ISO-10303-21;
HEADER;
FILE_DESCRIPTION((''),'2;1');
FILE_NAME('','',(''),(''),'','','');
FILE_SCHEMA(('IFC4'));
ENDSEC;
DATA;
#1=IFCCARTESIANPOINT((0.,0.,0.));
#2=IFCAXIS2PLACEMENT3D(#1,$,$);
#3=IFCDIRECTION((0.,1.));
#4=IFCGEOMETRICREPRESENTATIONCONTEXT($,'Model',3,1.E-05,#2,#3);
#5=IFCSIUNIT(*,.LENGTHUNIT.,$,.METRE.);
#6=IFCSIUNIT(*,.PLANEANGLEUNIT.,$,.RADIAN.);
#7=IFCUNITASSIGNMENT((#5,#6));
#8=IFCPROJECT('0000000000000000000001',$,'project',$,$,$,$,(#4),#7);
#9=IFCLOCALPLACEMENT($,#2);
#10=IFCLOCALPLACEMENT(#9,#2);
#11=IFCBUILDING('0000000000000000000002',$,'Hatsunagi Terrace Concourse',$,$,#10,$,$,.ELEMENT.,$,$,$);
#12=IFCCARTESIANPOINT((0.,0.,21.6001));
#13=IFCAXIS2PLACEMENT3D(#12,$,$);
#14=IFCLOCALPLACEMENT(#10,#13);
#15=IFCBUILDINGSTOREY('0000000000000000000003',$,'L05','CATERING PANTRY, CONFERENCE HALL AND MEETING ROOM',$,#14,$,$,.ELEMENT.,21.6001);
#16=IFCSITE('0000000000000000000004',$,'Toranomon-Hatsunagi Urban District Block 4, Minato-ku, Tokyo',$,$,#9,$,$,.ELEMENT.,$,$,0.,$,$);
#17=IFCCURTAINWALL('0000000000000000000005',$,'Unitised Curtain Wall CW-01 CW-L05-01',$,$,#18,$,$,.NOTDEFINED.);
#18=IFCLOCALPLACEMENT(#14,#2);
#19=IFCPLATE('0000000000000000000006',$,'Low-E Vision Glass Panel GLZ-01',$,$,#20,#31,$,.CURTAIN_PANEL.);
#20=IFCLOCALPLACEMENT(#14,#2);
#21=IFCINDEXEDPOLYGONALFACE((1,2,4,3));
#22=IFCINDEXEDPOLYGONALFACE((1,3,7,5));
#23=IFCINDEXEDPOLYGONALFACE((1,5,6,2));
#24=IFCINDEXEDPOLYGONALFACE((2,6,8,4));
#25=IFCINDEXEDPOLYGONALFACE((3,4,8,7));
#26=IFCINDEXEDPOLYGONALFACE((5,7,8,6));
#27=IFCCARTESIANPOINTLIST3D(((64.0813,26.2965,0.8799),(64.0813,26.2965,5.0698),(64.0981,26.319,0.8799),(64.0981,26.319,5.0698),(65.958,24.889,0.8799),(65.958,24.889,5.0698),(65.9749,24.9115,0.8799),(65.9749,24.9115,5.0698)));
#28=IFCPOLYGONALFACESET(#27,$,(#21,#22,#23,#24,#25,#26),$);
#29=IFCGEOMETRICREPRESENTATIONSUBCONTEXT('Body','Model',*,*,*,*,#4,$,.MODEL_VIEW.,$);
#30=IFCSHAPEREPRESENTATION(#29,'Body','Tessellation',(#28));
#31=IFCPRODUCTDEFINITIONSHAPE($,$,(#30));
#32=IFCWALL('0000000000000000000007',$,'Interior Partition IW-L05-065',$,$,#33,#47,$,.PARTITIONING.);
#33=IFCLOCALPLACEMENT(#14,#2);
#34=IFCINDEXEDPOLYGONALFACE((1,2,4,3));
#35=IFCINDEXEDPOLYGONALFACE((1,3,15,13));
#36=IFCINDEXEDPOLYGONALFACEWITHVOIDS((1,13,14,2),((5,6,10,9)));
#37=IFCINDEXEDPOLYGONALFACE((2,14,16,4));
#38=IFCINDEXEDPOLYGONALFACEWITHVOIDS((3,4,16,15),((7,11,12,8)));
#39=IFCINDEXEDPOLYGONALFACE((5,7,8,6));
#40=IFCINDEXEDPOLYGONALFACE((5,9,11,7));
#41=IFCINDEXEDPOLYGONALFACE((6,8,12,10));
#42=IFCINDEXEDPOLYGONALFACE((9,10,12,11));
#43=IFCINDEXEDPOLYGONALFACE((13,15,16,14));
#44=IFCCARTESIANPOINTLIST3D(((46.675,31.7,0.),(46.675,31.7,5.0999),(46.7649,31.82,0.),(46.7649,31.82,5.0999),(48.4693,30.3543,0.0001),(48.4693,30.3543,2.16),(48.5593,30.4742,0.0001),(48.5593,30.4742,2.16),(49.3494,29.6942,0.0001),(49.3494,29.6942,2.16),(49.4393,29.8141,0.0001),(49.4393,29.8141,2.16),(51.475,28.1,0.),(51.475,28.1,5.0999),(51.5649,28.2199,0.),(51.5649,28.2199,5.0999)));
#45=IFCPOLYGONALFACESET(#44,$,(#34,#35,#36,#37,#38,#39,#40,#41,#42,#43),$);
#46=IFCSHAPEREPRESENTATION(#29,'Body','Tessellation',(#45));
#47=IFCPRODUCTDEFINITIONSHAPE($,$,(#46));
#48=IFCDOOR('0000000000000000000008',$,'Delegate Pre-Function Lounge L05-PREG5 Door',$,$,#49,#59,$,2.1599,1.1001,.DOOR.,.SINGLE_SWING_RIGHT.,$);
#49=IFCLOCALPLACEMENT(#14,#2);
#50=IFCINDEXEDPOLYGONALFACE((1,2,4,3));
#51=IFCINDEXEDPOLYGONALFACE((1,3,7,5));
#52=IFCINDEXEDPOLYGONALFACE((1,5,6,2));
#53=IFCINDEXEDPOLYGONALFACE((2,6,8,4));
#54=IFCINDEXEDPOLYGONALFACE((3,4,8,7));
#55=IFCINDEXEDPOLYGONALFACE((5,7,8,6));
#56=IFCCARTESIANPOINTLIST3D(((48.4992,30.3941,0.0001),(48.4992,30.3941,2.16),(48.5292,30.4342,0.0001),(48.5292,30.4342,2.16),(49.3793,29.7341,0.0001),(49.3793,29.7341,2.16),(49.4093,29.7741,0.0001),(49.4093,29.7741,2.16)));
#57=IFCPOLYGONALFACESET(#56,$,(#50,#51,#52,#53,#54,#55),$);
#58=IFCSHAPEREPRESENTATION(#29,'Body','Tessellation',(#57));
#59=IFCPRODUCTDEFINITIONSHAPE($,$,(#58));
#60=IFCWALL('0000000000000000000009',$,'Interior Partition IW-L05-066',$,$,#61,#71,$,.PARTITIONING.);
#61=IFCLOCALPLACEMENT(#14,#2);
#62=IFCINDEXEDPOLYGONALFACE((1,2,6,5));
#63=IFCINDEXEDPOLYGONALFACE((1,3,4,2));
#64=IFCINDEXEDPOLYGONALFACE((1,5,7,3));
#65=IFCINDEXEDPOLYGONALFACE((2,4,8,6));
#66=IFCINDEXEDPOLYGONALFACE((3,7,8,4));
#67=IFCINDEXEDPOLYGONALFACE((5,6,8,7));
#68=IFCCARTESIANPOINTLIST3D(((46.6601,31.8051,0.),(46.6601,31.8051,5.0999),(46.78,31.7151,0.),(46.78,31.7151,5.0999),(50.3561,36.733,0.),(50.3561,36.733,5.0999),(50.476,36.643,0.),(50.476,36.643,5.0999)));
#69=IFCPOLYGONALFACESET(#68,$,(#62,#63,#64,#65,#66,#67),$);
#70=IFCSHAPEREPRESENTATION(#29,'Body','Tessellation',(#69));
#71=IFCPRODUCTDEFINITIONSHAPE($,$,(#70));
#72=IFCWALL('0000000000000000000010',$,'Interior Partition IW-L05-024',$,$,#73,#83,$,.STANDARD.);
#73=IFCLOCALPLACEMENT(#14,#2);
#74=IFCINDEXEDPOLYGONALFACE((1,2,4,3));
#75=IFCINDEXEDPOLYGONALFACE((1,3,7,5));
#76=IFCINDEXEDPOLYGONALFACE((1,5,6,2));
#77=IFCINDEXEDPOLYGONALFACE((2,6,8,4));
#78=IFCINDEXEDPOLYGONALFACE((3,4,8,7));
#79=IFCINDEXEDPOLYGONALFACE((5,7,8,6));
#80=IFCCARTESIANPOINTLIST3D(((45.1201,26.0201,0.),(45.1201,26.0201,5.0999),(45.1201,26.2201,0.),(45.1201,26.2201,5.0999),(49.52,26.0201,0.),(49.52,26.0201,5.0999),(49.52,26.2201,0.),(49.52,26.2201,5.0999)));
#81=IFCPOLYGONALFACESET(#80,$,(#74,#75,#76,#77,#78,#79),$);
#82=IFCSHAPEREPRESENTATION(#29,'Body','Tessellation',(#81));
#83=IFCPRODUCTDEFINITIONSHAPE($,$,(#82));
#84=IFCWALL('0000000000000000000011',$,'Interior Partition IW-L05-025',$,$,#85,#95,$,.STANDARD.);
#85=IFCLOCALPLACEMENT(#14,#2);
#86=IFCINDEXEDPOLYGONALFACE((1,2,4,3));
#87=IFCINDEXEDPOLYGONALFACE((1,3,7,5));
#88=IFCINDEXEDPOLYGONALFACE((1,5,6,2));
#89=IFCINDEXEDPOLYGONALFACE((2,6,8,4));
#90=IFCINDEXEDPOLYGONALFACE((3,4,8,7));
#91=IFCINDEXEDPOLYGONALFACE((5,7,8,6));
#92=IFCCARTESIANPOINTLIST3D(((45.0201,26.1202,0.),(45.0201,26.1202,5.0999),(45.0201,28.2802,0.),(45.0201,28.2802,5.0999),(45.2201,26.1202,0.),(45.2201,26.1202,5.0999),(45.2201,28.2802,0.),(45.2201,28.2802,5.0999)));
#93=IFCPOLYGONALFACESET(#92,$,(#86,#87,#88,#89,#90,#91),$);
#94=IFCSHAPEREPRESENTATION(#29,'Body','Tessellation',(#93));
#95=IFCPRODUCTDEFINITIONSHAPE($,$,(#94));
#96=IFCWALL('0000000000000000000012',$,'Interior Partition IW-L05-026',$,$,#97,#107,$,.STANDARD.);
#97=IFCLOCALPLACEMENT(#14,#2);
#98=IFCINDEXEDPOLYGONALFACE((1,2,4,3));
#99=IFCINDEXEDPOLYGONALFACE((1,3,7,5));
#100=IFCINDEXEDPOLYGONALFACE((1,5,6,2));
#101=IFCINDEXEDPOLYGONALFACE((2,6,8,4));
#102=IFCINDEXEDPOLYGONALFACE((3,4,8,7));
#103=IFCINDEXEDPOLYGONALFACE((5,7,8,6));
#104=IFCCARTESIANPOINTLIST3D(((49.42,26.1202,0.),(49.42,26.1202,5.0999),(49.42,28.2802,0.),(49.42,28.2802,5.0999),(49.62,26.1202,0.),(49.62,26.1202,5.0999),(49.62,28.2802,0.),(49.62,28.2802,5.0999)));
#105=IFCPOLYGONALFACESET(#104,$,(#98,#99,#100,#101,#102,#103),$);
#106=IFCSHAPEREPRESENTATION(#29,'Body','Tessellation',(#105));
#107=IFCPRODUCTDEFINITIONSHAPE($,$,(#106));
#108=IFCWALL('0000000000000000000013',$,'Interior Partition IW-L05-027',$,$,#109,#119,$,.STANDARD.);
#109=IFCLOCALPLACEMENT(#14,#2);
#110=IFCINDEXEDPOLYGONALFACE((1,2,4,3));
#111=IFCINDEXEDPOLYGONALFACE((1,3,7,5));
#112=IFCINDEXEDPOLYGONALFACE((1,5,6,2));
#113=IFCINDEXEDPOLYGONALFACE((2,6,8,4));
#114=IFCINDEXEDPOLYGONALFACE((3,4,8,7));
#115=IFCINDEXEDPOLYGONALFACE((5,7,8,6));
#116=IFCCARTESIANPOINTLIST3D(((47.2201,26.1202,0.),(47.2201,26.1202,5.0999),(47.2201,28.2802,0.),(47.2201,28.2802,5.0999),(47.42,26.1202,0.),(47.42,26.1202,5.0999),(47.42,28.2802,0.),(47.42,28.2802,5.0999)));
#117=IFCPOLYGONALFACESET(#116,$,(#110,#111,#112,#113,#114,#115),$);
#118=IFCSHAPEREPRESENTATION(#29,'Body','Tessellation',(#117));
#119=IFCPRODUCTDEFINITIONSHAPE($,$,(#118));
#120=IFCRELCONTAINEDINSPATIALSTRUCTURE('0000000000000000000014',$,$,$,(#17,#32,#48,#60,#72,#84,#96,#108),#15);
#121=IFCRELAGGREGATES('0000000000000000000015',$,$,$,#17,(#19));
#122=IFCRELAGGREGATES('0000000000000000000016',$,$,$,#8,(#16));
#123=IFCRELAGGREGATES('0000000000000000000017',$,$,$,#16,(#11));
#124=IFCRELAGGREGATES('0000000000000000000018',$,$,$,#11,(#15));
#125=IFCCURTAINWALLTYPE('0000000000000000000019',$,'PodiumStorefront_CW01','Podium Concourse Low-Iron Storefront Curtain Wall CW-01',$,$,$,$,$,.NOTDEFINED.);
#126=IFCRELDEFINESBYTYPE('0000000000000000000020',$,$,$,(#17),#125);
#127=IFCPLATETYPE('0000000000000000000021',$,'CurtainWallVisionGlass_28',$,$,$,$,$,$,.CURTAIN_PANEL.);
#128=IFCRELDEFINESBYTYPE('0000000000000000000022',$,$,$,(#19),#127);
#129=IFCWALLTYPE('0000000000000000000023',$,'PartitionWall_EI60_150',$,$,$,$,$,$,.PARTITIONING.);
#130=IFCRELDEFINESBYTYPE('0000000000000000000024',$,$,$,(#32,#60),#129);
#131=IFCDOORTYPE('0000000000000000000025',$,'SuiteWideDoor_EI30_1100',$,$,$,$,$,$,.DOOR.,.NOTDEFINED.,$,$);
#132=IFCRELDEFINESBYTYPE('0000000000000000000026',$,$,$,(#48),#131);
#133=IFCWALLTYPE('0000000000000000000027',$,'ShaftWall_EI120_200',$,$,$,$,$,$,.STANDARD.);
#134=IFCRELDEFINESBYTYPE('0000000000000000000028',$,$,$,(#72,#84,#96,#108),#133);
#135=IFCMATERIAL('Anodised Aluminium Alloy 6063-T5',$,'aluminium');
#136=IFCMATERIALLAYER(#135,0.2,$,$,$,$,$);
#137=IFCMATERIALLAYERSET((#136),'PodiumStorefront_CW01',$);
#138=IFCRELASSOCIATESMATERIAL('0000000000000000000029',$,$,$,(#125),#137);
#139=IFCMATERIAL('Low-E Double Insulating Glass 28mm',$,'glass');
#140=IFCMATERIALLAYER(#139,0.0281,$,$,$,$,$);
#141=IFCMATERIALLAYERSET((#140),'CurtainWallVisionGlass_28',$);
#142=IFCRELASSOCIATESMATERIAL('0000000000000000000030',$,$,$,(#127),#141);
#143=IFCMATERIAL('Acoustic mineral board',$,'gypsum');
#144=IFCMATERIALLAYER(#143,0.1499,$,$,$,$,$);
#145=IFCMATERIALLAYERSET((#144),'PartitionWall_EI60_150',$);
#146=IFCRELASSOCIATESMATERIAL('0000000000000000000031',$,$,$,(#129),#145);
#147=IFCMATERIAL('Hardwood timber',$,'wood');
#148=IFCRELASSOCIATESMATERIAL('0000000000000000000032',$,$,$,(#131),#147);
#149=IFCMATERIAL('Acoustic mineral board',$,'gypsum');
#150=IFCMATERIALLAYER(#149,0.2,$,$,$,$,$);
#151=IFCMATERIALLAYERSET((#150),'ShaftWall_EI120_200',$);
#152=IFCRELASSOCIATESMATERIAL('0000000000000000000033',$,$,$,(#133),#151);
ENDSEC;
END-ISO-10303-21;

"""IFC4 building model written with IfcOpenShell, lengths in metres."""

from ifc_helpers import new_model, si_unit, direction, frame, frame_2d, origin, origin_2d, place, context, subcontext, project, spatial, rectangle, extrude, material, layer, layer_set, type_object, element, fill, aggregate, save


model = new_model("IFC4")

# Units and contexts
model_context = context("Model", 3, precision=1e-05, world=origin(), true_north=direction((0.0, 1.0)))
body_context = subcontext(model_context, "Body", "Model", "MODEL_VIEW")
ifc_project = project(units=[si_unit("LENGTHUNIT", "METRE"), si_unit("PLANEANGLEUNIT", "RADIAN")], contexts=[model_context])

# Site, building, storey
site_placement = place(None, origin())
site = spatial("IfcSite", under=ifc_project, at=site_placement, Name="Toranomon-Hatsunagi Urban District Block 4, Minato-ku, Tokyo", CompositionType="ELEMENT", RefElevation=0.0)
building_placement = place(site_placement, origin())
building = spatial("IfcBuilding", under=site, at=building_placement, Name="Hatsunagi Terrace Concourse", CompositionType="ELEMENT")
storey_placement = place(building_placement, frame((0.0, 0.0, 21.6001)))
storey = spatial("IfcBuildingStorey", under=building, at=storey_placement, Name="L05", Description="CATERING PANTRY, CONFERENCE HALL AND MEETING ROOM", CompositionType="ELEMENT", Elevation=21.6001)

# Curtain wall
ifc_material_1 = material(Name="Anodised Aluminium Alloy 6063-T5", Category="aluminium")
ifc_layer_1 = layer(ifc_material_1, 0.2)
ifc_layer_set_1 = layer_set([ifc_layer_1], Name="PodiumStorefront_CW01")
curtain_wall_type = type_object("IfcCurtainWallType", Name="PodiumStorefront_CW01", Description="Podium Concourse Low-Iron Storefront Curtain Wall CW-01", PredefinedType="NOTDEFINED", material=ifc_layer_set_1)
curtain_wall_placement = place(storey_placement, origin())
curtain_wall = element("IfcCurtainWall", 1, at=curtain_wall_placement, inside=storey, type_object=curtain_wall_type, Name="Unitised Curtain Wall CW-01 CW-L05-01", PredefinedType="NOTDEFINED")

# Plate
ifc_material_2 = material(Name="Low-E Double Insulating Glass 28mm", Category="glass")
ifc_layer_2 = layer(ifc_material_2, 0.0281)
ifc_layer_set_2 = layer_set([ifc_layer_2], Name="CurtainWallVisionGlass_28")
plate_type_1 = type_object("IfcPlateType", Name="CurtainWallVisionGlass_28", PredefinedType="CURTAIN_PANEL", material=ifc_layer_set_2)
plate_1_placement = place(storey_placement, frame((65.0281, 25.604, 0.8799), z_axis=(0.0, 0.0, 1.0), x_axis=(0.800007, -0.59999, 0.0)))
plate_1 = element("IfcPlate", 2, at=plate_1_placement, type_object=plate_type_1, Name="Low-E Vision Glass Panel GLZ-01", PredefinedType="CURTAIN_PANEL", context=body_context, shape_type="SweptSolid", body=[
    extrude(rectangle(XDim=2.3459, YDim=0.0281, at=origin_2d()), origin(), (0.0, 0.0, 1.0), 4.1899),
])
aggregate(curtain_wall, [plate_1])

# Wall, opening, door
ifc_material_3 = material(Name="Acoustic mineral board", Category="gypsum")
ifc_layer_3 = layer(ifc_material_3, 0.1499)
ifc_layer_set_3 = layer_set([ifc_layer_3], Name="PartitionWall_EI60_150")
wall_type_1 = type_object("IfcWallType", Name="PartitionWall_EI60_150", PredefinedType="PARTITIONING", material=ifc_layer_set_3)
wall_1_placement = place(storey_placement, frame((46.72, 31.76, 0.0), z_axis=(0.0, 0.0, 1.0), x_axis=(0.799995, -0.600007, 0.0)))
wall_1 = element("IfcWall", 3, at=wall_1_placement, inside=storey, type_object=wall_type_1, Name="Interior Partition IW-L05-065", PredefinedType="PARTITIONING", context=body_context, shape_type="SweptSolid", body=[
    extrude(rectangle(XDim=6.0, YDim=0.1499, at=frame_2d((3.0, 0.0))), origin(), (0.0, 0.0, 1.0), 5.0999),
])
opening_1_placement = place(wall_1_placement, frame((2.2429, 0.0, 0.0)))
opening_1 = element("IfcOpeningElement", 4, at=opening_1_placement, cuts=wall_1, PredefinedType="OPENING", context=body_context, shape_type="SweptSolid", body=[
    extrude(rectangle(XDim=1.1001, YDim=2.1599, at=frame_2d((0.55, 1.0801))), frame((0.0, 0.085, 0.0), z_axis=(0.0, -1.0, 0.0), x_axis=(1.0, 0.0, 0.0)), (0.0, 0.0, 1.0), 0.1699),
])
ifc_material_4 = material(Name="Hardwood timber", Category="wood")
door_type_1 = type_object("IfcDoorType", Name="SuiteWideDoor_EI30_1100", OperationType="NOTDEFINED", PredefinedType="DOOR", material=ifc_material_4)
door_1_placement = place(opening_1_placement, origin())
door_1 = element("IfcDoor", 5, at=door_1_placement, inside=storey, type_object=door_type_1, Name="Delegate Pre-Function Lounge L05-PREG5 Door", OperationType="SINGLE_SWING_RIGHT", OverallHeight=2.1599, OverallWidth=1.1001, PredefinedType="DOOR", context=body_context, shape_type="SweptSolid", body=[
    extrude(rectangle(XDim=1.1001, YDim=2.1599, at=frame_2d((0.55, 1.0801))), frame((0.0, 0.0249, 0.0), z_axis=(0.0, -1.0, 0.0), x_axis=(1.0, 0.0, 0.0)), (0.0, 0.0, 1.0), 0.05),
])
fill(opening_1, door_1)

# Walls
wall_2_placement = place(storey_placement, frame((46.72, 31.76, 0.0), z_axis=(0.0, 0.0, 1.0), x_axis=(0.600006, 0.799995, 0.0)))
element("IfcWall", 6, at=wall_2_placement, inside=storey, type_object=wall_type_1, Name="Interior Partition IW-L05-066", PredefinedType="PARTITIONING", context=body_context, shape_type="SweptSolid", body=[
    extrude(rectangle(XDim=6.1599, YDim=0.1499, at=frame_2d((3.0801, 0.0))), origin(), (0.0, 0.0, 1.0), 5.0999),
])
ifc_material_5 = material(Name="Acoustic mineral board", Category="gypsum")
ifc_layer_4 = layer(ifc_material_5, 0.2)
ifc_layer_set_4 = layer_set([ifc_layer_4], Name="ShaftWall_EI120_200")
wall_type_2 = type_object("IfcWallType", Name="ShaftWall_EI120_200", PredefinedType="STANDARD", material=ifc_layer_set_4)
wall_3_placement = place(storey_placement, frame((45.1201, 26.1201, 0.0), z_axis=(0.0, 0.0, 1.0), x_axis=(1.0, 0.0, 0.0)))
element("IfcWall", 7, at=wall_3_placement, inside=storey, type_object=wall_type_2, Name="Interior Partition IW-L05-024", PredefinedType="STANDARD", context=body_context, shape_type="SweptSolid", body=[
    extrude(rectangle(XDim=4.3999, YDim=0.2, at=frame_2d((2.2, 0.0))), origin(), (0.0, 0.0, 1.0), 5.0999),
])
for number, where, z_axis, x_axis, name in (
    (8, (45.1201, 26.1201, 0.0), (0.0, 0.0, 1.0), (0.0, 1.0, 0.0), "Interior Partition IW-L05-025"),
    (9, (49.52, 26.1201, 0.0), (0.0, 0.0, 1.0), (0.0, 1.0, 0.0), "Interior Partition IW-L05-026"),
    (10, (47.3201, 26.1201, 0.0), (0.0, 0.0, 1.0), (0.0, 1.0, 0.0), "Interior Partition IW-L05-027"),
):
    element("IfcWall", number, at=place(storey_placement, frame(where, z_axis=z_axis, x_axis=x_axis)), inside=storey, type_object=wall_type_2, Name=name, PredefinedType="STANDARD", context=body_context, shape_type="SweptSolid", body=[
        extrude(rectangle(XDim=2.1599, YDim=0.2, at=frame_2d((1.0801, 0.0))), origin(), (0.0, 0.0, 1.0), 5.0999),
    ])

save(model, "model.ifc")
